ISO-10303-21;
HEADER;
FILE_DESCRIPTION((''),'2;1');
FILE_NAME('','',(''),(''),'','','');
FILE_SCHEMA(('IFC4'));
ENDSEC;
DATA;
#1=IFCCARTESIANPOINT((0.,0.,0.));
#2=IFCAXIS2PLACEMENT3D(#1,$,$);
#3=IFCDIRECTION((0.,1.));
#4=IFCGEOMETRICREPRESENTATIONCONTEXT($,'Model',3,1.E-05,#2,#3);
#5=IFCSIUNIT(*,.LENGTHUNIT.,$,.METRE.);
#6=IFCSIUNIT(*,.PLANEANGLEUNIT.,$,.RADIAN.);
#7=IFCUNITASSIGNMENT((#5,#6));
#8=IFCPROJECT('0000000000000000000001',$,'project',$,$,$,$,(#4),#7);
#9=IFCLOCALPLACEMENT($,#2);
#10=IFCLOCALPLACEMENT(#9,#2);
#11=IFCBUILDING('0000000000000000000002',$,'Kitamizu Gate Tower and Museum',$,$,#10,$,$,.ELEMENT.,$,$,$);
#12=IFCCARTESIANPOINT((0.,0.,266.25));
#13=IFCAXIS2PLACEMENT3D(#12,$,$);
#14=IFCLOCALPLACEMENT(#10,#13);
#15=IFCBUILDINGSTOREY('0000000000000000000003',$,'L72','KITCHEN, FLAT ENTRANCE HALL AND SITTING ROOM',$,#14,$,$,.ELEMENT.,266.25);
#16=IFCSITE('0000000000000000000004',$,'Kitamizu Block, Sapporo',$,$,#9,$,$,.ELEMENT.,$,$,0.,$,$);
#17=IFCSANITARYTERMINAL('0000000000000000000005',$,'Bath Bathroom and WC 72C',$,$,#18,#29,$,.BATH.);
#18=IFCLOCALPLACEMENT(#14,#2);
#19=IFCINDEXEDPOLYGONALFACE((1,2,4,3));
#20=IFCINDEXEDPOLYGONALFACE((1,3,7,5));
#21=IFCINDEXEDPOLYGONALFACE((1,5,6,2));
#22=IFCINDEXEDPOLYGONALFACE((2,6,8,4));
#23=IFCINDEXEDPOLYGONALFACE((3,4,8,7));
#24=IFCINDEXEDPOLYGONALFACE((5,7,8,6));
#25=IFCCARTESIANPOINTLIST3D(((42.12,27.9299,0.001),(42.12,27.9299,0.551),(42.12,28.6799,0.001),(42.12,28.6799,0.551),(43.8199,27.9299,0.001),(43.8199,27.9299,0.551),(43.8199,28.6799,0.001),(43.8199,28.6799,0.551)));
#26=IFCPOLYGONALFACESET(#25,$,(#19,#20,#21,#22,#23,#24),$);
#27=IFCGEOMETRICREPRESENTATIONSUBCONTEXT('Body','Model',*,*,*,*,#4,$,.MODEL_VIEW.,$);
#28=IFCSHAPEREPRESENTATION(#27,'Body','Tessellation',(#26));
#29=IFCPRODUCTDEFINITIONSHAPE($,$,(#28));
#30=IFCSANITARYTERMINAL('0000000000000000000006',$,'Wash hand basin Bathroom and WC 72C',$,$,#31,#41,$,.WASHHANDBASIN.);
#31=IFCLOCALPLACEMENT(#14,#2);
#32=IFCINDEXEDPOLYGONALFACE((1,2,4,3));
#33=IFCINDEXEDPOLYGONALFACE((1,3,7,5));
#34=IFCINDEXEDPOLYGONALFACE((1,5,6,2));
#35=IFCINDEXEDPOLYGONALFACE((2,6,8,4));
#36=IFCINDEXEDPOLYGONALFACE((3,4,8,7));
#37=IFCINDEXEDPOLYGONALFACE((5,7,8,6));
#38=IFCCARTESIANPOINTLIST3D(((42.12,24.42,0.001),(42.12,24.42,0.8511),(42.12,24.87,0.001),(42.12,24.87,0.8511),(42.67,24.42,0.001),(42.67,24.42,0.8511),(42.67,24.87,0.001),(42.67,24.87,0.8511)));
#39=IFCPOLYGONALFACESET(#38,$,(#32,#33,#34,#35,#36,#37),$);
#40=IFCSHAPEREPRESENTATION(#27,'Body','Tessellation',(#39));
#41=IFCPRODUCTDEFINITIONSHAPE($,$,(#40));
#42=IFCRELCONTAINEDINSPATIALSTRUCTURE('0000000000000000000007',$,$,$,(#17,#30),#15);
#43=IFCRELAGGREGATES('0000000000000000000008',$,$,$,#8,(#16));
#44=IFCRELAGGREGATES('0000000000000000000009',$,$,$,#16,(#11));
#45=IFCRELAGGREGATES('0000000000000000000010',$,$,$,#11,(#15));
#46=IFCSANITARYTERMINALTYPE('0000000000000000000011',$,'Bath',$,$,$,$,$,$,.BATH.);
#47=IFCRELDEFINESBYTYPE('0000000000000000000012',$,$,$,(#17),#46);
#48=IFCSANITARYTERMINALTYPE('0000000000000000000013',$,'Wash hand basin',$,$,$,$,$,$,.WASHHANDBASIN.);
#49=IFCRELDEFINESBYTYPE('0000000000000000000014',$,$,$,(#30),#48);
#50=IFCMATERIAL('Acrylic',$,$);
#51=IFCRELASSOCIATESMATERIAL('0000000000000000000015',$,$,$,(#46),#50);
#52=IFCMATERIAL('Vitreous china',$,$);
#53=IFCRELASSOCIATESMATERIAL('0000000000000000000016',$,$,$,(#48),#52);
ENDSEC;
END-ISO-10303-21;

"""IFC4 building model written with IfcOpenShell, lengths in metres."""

from ifc_helpers import new_model, si_unit, direction, frame, origin, origin_2d, place, context, subcontext, project, spatial, rectangle, extrude, material, type_object, element, save


model = new_model("IFC4")

# Units and contexts
model_context = context("Model", 3, precision=1e-05, world=origin(), true_north=direction((0.0, 1.0)))
body_context = subcontext(model_context, "Body", "Model", "MODEL_VIEW")
ifc_project = project(units=[si_unit("LENGTHUNIT", "METRE"), si_unit("PLANEANGLEUNIT", "RADIAN")], contexts=[model_context])

# Site, building, storey
site_placement = place(None, origin())
site = spatial("IfcSite", under=ifc_project, at=site_placement, Name="Kitamizu Block, Sapporo", CompositionType="ELEMENT", RefElevation=0.0)
building_placement = place(site_placement, origin())
building = spatial("IfcBuilding", under=site, at=building_placement, Name="Kitamizu Gate Tower and Museum", CompositionType="ELEMENT")
storey_placement = place(building_placement, frame((0.0, 0.0, 266.25)))
storey = spatial("IfcBuildingStorey", under=building, at=storey_placement, Name="L72", Description="KITCHEN, FLAT ENTRANCE HALL AND SITTING ROOM", CompositionType="ELEMENT", Elevation=266.25)

# Sanitary terminals
ifc_material_1 = material(Name="Acrylic")
sanitary_terminal_type_1 = type_object("IfcSanitaryTerminalType", Name="Bath", PredefinedType="BATH", material=ifc_material_1)
sanitary_terminal_1_placement = place(storey_placement, frame((42.97, 28.3049, 0.001), z_axis=(0.0, 0.0, 1.0), x_axis=(1.0, 0.0, 0.0)))
element("IfcSanitaryTerminal", 1, at=sanitary_terminal_1_placement, inside=storey, type_object=sanitary_terminal_type_1, Name="Bath Bathroom and WC 72C", PredefinedType="BATH", context=body_context, shape_type="SweptSolid", body=[
    extrude(rectangle(XDim=1.7, YDim=0.75, at=origin_2d()), origin(), (0.0, 0.0, 1.0), 0.55),
])
ifc_material_2 = material(Name="Vitreous china")
sanitary_terminal_type_2 = type_object("IfcSanitaryTerminalType", Name="Wash hand basin", PredefinedType="WASHHANDBASIN", material=ifc_material_2)
sanitary_terminal_2_placement = place(storey_placement, frame((42.395, 24.645, 0.001), z_axis=(0.0, 0.0, 1.0), x_axis=(1.0, 0.0, 0.0)))
element("IfcSanitaryTerminal", 2, at=sanitary_terminal_2_placement, inside=storey, type_object=sanitary_terminal_type_2, Name="Wash hand basin Bathroom and WC 72C", PredefinedType="WASHHANDBASIN", context=body_context, shape_type="SweptSolid", body=[
    extrude(rectangle(XDim=0.55, YDim=0.45, at=origin_2d()), origin(), (0.0, 0.0, 1.0), 0.8501),
])

save(model, "model.ifc")
